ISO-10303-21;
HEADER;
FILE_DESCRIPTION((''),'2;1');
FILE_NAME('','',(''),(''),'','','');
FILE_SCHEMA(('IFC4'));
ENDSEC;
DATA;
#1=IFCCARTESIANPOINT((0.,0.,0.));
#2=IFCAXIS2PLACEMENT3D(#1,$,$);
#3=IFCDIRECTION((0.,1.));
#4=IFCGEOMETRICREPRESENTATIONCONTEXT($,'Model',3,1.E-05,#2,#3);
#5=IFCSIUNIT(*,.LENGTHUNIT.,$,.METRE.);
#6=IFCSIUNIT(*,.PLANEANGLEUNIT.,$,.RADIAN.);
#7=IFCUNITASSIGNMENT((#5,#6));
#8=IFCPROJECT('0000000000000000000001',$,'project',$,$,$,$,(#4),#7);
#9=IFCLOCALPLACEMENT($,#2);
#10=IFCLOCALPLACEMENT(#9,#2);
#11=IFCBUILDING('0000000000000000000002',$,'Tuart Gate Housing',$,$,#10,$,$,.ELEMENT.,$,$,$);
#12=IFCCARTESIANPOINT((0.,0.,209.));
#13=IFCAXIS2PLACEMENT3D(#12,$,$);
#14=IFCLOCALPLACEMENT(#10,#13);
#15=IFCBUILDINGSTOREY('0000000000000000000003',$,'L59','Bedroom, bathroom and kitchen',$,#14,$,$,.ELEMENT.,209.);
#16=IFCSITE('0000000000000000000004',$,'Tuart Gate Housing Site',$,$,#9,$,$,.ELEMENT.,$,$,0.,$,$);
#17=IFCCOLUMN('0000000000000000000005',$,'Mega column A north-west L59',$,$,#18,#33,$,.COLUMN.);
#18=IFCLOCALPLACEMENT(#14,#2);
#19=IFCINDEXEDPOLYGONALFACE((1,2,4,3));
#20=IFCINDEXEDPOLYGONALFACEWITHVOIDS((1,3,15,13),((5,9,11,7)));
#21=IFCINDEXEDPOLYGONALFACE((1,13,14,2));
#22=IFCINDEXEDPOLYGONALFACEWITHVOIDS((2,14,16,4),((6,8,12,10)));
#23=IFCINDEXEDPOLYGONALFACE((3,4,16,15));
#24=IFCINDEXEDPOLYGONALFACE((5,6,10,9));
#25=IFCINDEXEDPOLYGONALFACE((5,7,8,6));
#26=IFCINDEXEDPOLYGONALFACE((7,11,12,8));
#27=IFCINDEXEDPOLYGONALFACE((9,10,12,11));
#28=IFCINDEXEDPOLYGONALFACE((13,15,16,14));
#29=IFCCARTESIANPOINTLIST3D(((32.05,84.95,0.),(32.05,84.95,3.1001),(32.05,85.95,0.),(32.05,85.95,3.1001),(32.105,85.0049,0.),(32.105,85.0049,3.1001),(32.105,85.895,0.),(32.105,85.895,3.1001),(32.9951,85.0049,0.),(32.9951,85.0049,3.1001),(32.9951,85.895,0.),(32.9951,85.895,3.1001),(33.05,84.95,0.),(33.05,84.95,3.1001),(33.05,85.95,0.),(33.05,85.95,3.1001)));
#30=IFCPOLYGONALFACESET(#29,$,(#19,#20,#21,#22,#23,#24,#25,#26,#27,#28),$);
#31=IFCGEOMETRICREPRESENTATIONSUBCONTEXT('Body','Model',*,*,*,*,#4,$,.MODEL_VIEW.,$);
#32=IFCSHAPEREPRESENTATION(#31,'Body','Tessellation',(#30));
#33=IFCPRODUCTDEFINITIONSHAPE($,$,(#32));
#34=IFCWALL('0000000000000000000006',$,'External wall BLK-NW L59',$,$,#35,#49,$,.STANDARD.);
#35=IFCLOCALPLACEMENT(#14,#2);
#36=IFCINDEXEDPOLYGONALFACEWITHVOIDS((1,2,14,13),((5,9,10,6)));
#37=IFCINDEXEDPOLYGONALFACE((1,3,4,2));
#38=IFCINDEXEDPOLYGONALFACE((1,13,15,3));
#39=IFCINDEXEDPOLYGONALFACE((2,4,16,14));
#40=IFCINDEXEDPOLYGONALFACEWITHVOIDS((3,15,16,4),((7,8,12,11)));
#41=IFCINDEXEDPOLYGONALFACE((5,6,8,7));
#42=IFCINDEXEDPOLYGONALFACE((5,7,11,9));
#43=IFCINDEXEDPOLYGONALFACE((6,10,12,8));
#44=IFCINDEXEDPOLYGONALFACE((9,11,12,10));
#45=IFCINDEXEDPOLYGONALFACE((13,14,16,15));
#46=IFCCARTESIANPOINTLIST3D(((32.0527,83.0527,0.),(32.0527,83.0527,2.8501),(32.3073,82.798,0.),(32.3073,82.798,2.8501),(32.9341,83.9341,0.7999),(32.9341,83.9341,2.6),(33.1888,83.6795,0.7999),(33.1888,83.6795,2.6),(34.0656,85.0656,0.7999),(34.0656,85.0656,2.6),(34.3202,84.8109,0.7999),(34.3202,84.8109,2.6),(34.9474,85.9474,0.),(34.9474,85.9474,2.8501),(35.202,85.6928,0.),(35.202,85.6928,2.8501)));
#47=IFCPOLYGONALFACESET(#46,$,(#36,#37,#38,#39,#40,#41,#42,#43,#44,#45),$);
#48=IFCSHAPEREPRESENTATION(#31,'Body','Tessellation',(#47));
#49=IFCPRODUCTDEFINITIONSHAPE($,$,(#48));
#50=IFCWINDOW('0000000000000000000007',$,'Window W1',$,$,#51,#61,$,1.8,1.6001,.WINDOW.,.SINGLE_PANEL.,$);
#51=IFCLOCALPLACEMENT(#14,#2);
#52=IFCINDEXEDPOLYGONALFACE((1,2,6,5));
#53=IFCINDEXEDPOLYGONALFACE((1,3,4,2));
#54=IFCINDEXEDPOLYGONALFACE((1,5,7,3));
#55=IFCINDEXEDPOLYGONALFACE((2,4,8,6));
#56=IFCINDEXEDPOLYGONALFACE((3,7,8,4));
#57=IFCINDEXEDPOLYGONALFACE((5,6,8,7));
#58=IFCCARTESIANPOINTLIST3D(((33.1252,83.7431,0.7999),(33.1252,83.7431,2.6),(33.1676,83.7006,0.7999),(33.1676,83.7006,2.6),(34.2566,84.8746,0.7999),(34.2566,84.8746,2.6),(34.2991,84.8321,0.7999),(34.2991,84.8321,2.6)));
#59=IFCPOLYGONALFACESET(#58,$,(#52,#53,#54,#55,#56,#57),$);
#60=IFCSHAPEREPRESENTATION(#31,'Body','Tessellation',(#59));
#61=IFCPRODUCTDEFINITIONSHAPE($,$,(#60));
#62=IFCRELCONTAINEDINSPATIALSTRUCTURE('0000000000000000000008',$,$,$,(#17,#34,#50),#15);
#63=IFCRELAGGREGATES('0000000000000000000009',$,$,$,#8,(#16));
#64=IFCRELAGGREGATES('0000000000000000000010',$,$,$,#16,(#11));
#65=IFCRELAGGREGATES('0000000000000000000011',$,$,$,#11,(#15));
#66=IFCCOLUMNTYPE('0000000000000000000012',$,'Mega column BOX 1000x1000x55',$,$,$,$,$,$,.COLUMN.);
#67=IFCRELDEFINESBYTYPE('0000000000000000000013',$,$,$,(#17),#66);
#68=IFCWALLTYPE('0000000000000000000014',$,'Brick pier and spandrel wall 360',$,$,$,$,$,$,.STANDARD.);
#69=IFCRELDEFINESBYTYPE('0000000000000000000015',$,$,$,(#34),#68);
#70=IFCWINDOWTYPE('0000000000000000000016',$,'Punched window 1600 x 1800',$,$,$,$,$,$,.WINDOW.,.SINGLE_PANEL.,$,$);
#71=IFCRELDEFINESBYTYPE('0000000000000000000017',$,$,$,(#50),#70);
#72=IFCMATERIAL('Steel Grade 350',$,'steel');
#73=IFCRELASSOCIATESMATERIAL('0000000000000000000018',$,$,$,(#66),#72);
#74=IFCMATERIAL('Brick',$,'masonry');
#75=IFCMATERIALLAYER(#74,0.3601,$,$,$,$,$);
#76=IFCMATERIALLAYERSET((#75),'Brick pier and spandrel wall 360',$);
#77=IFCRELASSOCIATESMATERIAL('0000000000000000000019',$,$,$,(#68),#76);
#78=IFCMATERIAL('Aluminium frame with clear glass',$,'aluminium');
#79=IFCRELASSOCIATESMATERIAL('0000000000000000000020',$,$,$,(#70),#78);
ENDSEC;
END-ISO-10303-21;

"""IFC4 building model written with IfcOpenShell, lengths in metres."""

from ifc_helpers import new_model, si_unit, direction, frame, frame_2d, origin, origin_2d, place, context, subcontext, project, spatial, rectangle, hollow_rectangle, extrude, material, layer, layer_set, material_profile, profile_set, type_object, element, fill, save


model = new_model("IFC4")

# Units and contexts
model_context = context("Model", 3, precision=1e-05, world=origin(), true_north=direction((0.0, 1.0)))
body_context = subcontext(model_context, "Body", "Model", "MODEL_VIEW")
ifc_project = project(units=[si_unit("LENGTHUNIT", "METRE"), si_unit("PLANEANGLEUNIT", "RADIAN")], contexts=[model_context])

# Site, building, storey
site_placement = place(None, origin())
site = spatial("IfcSite", under=ifc_project, at=site_placement, Name="Tuart Gate Housing Site", CompositionType="ELEMENT", RefElevation=0.0)
building_placement = place(site_placement, origin())
building = spatial("IfcBuilding", under=site, at=building_placement, Name="Tuart Gate Housing", CompositionType="ELEMENT")
storey_placement = place(building_placement, frame((0.0, 0.0, 209.0)))
storey = spatial("IfcBuildingStorey", under=building, at=storey_placement, Name="L59", Description="Bedroom, bathroom and kitchen", CompositionType="ELEMENT", Elevation=209.0)

# Column
ifc_material_1 = material(Name="Steel Grade 350", Category="steel")
ifc_material_profile = material_profile(ifc_material_1, hollow_rectangle(XDim=1.0, YDim=1.0, WallThickness=0.0549, at=origin_2d()), Name="BOX 1000x1000x55")
ifc_profile_set = profile_set([ifc_material_profile], Name="Steel Grade 350")
column_type = type_object("IfcColumnType", Name="Mega column BOX 1000x1000x55", PredefinedType="COLUMN", material=ifc_profile_set)
column_placement = place(storey_placement, frame((32.55, 85.45, 0.0), z_axis=(0.0, 0.0, 1.0), x_axis=(1.0, 0.0, 0.0)))
element("IfcColumn", 1, at=column_placement, inside=storey, type_object=column_type, Name="Mega column A north-west L59", PredefinedType="COLUMN", context=body_context, shape_type="SweptSolid", body=[
    extrude(hollow_rectangle(XDim=1.0, YDim=1.0, WallThickness=0.0549, at=origin_2d()), origin(), (0.0, 0.0, 1.0), 3.1001),
])

# Wall, opening, window
ifc_material_2 = material(Name="Brick", Category="masonry")
ifc_layer_1 = layer(ifc_material_2, 0.3601)
ifc_layer_set_1 = layer_set([ifc_layer_1], Name="Brick pier and spandrel wall 360")
wall_type_1 = type_object("IfcWallType", Name="Brick pier and spandrel wall 360", PredefinedType="STANDARD", material=ifc_layer_set_1)
wall_1_placement = place(storey_placement, frame((35.0747, 85.8201, 0.0), z_axis=(0.0, 0.0, 1.0), x_axis=(-0.707107, -0.707107, 0.0)))
wall_1 = element("IfcWall", 2, at=wall_1_placement, inside=storey, type_object=wall_type_1, Name="External wall BLK-NW L59", PredefinedType="STANDARD", context=body_context, shape_type="SweptSolid", body=[
    extrude(rectangle(XDim=4.0938, YDim=0.3601, at=frame_2d((2.0469, 0.0))), origin(), (0.0, 0.0, 1.0), 2.8501),
])
opening_1_placement = place(wall_1_placement, frame((1.2471, 0.0, 0.8)))
opening_1 = element("IfcOpeningElement", 3, at=opening_1_placement, cuts=wall_1, PredefinedType="OPENING", context=body_context, shape_type="SweptSolid", body=[
    extrude(rectangle(XDim=1.6001, YDim=1.8, at=frame_2d((0.8, 0.8999))), frame((0.0, 0.1899, 0.0), z_axis=(0.0, -1.0, 0.0), x_axis=(1.0, 0.0, 0.0)), (0.0, 0.0, 1.0), 0.3801),
])
ifc_material_3 = material(Name="Aluminium frame with clear glass", Category="aluminium")
window_type_1 = type_object("IfcWindowType", Name="Punched window 1600 x 1800", PartitioningType="SINGLE_PANEL", PredefinedType="WINDOW", material=ifc_material_3)
window_1_placement = place(opening_1_placement, origin())
window_1 = element("IfcWindow", 4, at=window_1_placement, inside=storey, type_object=window_type_1, Name="Window W1", OverallHeight=1.8, OverallWidth=1.6001, PartitioningType="SINGLE_PANEL", PredefinedType="WINDOW", context=body_context, shape_type="SweptSolid", body=[
    extrude(rectangle(XDim=1.6001, YDim=1.8, at=frame_2d((0.8, 0.8999))), frame((0.0, 0.1501, 0.0), z_axis=(0.0, -1.0, 0.0), x_axis=(1.0, 0.0, 0.0)), (0.0, 0.0, 1.0), 0.0601),
])
fill(opening_1, window_1)

save(model, "model.ifc")
